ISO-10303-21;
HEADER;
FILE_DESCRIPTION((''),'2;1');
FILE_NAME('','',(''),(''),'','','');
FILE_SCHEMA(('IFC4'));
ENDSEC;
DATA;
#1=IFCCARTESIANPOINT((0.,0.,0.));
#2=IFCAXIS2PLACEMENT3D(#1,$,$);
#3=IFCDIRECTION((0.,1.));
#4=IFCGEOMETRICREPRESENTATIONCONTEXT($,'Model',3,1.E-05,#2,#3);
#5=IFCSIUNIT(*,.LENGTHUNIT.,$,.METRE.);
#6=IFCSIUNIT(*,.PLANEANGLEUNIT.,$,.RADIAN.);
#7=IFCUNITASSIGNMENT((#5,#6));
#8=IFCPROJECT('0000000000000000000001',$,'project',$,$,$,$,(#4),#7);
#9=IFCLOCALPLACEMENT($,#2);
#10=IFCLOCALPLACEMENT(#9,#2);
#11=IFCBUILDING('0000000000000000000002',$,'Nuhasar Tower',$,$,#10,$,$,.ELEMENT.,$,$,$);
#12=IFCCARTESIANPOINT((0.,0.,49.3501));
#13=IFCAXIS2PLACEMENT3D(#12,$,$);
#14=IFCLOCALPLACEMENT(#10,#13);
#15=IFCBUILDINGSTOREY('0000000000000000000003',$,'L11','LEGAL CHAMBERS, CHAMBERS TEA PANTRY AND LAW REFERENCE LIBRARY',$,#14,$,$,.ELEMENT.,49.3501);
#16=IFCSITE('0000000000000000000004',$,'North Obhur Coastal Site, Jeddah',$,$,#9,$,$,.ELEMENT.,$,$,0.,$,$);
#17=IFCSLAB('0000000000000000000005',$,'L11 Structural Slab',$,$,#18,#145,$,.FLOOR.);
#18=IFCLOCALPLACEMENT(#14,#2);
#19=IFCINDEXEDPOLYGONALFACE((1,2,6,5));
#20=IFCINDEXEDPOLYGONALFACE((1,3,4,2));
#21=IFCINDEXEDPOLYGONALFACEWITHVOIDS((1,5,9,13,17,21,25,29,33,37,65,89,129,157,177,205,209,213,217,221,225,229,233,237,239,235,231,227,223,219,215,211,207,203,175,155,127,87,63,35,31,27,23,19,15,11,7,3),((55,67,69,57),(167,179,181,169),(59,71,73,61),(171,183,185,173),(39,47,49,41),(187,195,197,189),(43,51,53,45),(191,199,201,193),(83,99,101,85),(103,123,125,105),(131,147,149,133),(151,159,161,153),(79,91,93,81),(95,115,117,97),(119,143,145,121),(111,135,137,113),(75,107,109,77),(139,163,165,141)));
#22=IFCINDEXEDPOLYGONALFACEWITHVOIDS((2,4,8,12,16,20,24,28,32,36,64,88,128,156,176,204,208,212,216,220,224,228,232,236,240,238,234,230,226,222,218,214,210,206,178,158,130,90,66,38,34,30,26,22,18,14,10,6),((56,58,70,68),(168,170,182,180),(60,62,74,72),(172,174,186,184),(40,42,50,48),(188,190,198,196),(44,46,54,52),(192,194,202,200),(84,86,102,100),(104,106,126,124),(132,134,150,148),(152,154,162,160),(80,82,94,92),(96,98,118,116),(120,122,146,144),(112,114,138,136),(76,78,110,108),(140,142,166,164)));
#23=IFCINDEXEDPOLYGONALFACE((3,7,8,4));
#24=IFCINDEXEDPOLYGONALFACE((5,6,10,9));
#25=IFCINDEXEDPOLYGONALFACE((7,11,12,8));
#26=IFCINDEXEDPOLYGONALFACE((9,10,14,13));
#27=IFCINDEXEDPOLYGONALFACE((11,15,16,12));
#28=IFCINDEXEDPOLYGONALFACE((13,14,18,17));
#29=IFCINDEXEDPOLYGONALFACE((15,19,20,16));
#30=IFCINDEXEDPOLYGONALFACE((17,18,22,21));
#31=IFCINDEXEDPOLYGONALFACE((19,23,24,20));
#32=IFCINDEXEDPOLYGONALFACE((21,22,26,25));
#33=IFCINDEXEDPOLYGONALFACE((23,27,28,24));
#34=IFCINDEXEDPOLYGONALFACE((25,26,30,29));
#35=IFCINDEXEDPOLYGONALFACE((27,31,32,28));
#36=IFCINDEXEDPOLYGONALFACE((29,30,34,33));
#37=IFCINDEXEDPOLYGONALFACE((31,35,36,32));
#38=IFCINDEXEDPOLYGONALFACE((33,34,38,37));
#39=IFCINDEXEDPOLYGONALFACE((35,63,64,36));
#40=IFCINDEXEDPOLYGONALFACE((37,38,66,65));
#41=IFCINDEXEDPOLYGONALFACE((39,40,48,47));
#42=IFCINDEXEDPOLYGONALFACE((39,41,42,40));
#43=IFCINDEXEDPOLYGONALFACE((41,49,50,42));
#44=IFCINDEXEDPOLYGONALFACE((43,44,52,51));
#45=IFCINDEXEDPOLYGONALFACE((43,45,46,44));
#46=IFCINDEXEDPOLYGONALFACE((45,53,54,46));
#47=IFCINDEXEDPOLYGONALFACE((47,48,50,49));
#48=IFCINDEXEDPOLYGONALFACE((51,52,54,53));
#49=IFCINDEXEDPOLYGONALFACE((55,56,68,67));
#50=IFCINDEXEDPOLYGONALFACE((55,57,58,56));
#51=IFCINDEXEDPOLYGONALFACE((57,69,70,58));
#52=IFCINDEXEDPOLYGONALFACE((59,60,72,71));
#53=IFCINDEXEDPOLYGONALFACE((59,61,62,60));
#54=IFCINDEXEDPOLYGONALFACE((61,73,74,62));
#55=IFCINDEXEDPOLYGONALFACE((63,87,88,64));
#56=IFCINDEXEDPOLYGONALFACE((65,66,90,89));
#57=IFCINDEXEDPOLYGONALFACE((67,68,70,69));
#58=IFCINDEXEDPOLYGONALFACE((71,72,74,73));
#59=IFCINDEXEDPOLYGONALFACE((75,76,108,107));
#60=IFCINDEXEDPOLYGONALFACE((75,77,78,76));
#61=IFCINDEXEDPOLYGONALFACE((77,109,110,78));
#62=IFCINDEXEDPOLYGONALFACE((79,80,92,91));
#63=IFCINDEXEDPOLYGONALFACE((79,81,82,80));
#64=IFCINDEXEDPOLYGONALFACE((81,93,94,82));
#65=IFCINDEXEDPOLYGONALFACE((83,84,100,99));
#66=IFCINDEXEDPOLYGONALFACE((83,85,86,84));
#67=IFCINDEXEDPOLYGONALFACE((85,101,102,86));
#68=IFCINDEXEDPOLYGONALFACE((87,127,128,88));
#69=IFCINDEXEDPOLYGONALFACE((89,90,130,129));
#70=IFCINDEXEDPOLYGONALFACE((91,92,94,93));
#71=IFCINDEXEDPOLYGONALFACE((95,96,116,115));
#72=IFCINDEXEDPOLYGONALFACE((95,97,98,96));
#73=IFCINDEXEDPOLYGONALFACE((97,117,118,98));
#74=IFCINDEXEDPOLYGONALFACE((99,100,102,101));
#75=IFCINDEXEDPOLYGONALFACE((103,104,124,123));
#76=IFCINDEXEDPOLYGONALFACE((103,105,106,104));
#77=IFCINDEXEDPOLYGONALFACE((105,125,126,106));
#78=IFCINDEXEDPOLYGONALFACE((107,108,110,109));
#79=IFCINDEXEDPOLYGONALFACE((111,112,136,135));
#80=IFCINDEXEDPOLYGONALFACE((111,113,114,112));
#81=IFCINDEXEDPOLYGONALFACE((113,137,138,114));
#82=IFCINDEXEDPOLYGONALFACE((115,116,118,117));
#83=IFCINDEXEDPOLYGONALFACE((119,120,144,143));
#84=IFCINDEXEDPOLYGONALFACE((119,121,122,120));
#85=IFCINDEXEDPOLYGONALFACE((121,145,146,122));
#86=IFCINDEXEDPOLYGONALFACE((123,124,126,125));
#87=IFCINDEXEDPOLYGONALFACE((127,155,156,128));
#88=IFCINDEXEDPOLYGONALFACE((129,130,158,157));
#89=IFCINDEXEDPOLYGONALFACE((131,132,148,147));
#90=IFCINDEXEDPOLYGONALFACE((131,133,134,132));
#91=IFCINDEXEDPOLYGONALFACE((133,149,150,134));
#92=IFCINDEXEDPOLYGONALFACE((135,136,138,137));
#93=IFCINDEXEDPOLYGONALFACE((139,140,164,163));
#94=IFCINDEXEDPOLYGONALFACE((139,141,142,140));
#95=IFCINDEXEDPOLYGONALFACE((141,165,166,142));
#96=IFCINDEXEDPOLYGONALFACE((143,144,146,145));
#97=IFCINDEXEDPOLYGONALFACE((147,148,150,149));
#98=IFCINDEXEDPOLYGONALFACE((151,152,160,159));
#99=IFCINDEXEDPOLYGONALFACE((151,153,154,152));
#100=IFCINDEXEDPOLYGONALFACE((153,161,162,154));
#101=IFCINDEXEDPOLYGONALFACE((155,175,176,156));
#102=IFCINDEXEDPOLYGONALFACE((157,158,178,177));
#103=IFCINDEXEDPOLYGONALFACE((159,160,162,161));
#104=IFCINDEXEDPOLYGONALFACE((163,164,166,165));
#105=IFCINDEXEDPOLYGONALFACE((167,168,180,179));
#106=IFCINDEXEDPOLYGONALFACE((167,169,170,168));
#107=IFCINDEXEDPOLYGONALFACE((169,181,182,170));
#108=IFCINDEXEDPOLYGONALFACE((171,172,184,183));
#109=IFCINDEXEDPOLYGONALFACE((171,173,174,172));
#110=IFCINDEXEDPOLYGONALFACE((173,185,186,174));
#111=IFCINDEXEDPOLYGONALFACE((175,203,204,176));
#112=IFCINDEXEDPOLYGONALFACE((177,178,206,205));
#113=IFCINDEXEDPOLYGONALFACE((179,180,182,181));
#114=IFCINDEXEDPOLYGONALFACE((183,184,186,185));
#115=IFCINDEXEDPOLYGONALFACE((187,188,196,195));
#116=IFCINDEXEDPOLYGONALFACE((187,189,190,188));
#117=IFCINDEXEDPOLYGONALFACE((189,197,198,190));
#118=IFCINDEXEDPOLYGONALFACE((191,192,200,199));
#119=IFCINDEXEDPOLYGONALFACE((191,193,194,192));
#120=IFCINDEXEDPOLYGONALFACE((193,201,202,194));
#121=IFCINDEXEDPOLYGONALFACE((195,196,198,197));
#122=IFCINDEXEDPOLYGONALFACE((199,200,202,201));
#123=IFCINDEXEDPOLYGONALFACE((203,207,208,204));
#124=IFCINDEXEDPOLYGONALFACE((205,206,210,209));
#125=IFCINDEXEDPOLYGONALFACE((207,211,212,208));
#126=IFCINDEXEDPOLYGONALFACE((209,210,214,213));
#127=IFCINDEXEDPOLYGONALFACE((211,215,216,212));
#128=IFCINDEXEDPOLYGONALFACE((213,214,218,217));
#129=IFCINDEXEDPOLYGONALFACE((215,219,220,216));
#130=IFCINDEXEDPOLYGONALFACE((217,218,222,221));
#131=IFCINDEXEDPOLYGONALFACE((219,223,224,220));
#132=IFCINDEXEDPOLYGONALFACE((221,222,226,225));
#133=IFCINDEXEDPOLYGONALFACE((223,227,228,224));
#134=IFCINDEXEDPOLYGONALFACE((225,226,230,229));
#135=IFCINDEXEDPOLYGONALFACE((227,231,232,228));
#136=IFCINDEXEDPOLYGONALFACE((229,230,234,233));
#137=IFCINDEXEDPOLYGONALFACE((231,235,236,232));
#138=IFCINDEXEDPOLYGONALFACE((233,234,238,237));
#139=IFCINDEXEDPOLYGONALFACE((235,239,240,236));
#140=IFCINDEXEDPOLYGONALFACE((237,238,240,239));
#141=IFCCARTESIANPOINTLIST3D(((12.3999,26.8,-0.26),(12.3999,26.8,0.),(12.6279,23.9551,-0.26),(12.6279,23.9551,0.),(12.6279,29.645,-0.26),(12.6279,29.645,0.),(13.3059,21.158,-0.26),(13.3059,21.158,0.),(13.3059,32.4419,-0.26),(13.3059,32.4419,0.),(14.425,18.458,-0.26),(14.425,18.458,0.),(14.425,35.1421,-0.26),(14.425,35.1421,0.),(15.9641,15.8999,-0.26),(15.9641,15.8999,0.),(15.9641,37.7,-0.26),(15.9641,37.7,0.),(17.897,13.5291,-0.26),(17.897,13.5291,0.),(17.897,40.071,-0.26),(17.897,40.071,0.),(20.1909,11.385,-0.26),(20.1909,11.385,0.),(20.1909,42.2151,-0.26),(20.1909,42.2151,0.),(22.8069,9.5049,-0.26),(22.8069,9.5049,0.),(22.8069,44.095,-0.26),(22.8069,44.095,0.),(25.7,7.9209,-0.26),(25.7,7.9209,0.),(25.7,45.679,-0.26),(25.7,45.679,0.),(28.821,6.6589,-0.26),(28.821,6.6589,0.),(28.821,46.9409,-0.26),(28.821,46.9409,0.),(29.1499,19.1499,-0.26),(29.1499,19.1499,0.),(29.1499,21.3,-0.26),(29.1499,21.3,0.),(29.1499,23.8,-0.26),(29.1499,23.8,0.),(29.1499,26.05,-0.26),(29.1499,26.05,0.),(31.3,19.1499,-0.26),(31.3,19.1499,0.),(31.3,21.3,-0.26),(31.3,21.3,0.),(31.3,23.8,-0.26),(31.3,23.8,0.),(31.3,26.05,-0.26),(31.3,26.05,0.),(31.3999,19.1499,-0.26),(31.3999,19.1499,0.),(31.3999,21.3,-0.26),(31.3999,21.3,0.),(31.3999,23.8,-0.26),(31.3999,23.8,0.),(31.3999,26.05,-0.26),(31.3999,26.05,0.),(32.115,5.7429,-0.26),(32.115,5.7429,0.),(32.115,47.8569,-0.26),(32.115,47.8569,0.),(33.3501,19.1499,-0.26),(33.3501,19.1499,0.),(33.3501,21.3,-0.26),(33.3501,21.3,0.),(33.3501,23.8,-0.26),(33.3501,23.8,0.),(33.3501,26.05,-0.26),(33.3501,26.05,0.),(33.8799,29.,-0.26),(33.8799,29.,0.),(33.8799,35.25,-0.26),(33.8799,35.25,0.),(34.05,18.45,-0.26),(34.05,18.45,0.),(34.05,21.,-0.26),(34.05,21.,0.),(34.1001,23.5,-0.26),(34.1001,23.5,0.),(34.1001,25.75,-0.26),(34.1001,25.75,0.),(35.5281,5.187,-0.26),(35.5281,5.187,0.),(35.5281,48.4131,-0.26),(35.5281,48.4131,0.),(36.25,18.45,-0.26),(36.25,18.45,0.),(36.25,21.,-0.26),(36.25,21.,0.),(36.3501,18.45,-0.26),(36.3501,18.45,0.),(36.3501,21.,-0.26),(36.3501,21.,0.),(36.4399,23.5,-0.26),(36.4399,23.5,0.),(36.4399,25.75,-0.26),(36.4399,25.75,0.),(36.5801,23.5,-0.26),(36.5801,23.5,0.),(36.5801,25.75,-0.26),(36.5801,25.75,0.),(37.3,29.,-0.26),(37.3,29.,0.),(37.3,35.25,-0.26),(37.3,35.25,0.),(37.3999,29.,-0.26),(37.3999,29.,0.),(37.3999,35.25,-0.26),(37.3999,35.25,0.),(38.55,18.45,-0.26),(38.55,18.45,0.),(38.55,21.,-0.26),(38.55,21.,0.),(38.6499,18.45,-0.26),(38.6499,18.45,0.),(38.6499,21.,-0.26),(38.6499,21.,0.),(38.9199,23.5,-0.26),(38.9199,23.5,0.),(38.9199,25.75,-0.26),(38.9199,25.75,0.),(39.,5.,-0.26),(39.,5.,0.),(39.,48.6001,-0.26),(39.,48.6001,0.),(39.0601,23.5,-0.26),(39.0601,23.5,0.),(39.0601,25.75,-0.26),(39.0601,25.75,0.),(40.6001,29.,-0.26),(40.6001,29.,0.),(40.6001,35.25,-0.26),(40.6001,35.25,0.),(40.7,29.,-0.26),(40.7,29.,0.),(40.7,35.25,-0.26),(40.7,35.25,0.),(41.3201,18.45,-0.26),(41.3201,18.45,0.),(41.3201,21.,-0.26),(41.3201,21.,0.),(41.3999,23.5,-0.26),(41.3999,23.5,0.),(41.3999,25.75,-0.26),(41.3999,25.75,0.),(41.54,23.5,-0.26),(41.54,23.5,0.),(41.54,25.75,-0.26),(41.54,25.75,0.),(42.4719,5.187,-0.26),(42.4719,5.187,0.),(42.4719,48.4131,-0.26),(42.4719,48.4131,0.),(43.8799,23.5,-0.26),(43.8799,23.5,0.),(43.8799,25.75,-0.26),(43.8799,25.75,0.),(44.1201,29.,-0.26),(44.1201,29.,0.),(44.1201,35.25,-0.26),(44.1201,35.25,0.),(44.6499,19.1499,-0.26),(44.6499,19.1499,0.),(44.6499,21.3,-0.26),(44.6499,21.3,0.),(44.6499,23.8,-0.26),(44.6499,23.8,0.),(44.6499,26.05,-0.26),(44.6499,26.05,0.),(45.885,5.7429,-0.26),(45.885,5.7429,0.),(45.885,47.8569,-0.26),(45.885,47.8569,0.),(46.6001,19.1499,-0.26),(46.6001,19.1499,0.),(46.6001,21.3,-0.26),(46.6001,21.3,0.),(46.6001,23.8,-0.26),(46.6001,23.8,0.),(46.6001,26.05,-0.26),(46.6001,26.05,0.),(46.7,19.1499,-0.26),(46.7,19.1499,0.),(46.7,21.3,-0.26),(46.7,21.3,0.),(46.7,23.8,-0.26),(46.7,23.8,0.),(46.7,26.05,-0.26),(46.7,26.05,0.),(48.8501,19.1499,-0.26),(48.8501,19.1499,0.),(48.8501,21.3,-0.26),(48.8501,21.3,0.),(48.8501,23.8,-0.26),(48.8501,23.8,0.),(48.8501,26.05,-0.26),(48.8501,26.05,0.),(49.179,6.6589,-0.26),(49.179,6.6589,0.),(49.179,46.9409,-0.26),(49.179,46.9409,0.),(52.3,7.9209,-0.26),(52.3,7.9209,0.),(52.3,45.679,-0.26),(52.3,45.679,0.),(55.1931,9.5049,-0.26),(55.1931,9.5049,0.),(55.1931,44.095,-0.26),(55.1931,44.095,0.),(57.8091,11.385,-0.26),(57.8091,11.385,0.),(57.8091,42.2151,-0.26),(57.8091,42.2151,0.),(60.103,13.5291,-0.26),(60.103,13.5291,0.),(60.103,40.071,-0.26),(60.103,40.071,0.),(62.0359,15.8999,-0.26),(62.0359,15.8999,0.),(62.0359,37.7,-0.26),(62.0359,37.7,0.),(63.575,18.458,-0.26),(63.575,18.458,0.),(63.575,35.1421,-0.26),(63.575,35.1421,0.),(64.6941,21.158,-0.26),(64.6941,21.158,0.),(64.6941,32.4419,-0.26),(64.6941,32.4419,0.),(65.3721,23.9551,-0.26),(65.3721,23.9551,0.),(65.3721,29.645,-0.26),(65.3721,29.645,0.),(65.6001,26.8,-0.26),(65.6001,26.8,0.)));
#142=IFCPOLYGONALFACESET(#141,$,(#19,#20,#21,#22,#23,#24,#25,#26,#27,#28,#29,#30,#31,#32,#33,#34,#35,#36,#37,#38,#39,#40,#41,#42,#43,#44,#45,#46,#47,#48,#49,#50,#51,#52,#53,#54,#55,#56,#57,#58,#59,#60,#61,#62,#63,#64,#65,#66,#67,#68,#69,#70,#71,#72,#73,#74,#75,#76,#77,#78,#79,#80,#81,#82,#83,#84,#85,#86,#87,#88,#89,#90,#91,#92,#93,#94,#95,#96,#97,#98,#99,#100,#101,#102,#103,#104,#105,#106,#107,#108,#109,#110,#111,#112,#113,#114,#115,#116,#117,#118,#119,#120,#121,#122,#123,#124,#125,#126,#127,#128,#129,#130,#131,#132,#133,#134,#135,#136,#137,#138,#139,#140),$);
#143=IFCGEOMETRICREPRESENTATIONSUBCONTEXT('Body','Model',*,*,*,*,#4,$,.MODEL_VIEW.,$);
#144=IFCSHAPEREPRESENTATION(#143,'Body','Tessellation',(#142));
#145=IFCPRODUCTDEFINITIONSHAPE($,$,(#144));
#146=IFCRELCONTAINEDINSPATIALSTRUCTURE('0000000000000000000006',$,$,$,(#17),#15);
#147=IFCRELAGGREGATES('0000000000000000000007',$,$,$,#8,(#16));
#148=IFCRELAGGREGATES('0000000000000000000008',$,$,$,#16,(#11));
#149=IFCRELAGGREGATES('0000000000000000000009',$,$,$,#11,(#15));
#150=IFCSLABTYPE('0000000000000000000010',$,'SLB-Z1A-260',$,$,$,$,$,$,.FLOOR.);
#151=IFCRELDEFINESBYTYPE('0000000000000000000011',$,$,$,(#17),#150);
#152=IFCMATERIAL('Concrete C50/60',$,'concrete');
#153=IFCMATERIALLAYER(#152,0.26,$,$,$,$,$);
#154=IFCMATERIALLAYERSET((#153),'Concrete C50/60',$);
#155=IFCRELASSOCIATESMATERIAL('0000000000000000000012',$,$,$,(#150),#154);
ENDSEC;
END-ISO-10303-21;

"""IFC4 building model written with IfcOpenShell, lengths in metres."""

from ifc_helpers import new_model, si_unit, direction, frame, origin, place, context, subcontext, project, spatial, polyline, outline, extrude, material, layer, layer_set, type_object, element, save


model = new_model("IFC4")

# Units and contexts
model_context = context("Model", 3, precision=1e-05, world=origin(), true_north=direction((0.0, 1.0)))
body_context = subcontext(model_context, "Body", "Model", "MODEL_VIEW")
ifc_project = project(units=[si_unit("LENGTHUNIT", "METRE"), si_unit("PLANEANGLEUNIT", "RADIAN")], contexts=[model_context])

# Site, building, storey
site_placement = place(None, origin())
site = spatial("IfcSite", under=ifc_project, at=site_placement, Name="North Obhur Coastal Site, Jeddah", CompositionType="ELEMENT", RefElevation=0.0)
building_placement = place(site_placement, origin())
building = spatial("IfcBuilding", under=site, at=building_placement, Name="Nuhasar Tower", CompositionType="ELEMENT")
storey_placement = place(building_placement, frame((0.0, 0.0, 49.3501)))
storey = spatial("IfcBuildingStorey", under=building, at=storey_placement, Name="L11", Description="LEGAL CHAMBERS, CHAMBERS TEA PANTRY AND LAW REFERENCE LIBRARY", CompositionType="ELEMENT", Elevation=49.3501)

# Slab
ifc_material_1 = material(Name="Concrete C50/60", Category="concrete")
ifc_layer_1 = layer(ifc_material_1, 0.26)
ifc_layer_set_1 = layer_set([ifc_layer_1], Name="Concrete C50/60")
slab_type_1 = type_object("IfcSlabType", Name="SLB-Z1A-260", PredefinedType="FLOOR", material=ifc_layer_set_1)
slab_1_placement = place(storey_placement, frame((0.0, 0.0, -0.26)))
element("IfcSlab", 1, at=slab_1_placement, inside=storey, type_object=slab_type_1, Name="L11 Structural Slab", PredefinedType="FLOOR", context=body_context, shape_type="SweptSolid", body=[
    extrude(outline(polyline([(65.6001, 26.8), (65.3721, 29.645), (64.6941, 32.4419), (63.575, 35.1421), (62.0359, 37.7), (60.103, 40.071), (57.8091, 42.2151), (55.1931, 44.095), (52.3, 45.679), (49.179, 46.9409), (45.885, 47.8569), (42.4719, 48.4131), (39.0, 48.6001), (35.5281, 48.4131), (32.115, 47.8569), (28.821, 46.9409), (25.7, 45.679), (22.8069, 44.095), (20.1909, 42.2151), (17.897, 40.071), (15.9641, 37.7), (14.425, 35.1421), (13.3059, 32.4419), (12.6279, 29.645), (12.3999, 26.8), (12.6279, 23.9551), (13.3059, 21.158), (14.425, 18.458), (15.9641, 15.8999), (17.897, 13.5291), (20.1909, 11.385), (22.8069, 9.5049), (25.7, 7.9209), (28.821, 6.6589), (32.115, 5.7429), (35.5281, 5.187), (39.0, 5.0), (42.4719, 5.187), (45.885, 5.7429), (49.179, 6.6589), (52.3, 7.9209), (55.1931, 9.5049), (57.8091, 11.385), (60.103, 13.5291), (62.0359, 15.8999), (63.575, 18.458), (64.6941, 21.158), (65.3721, 23.9551), (65.6001, 26.8)]), holes=[polyline([(33.8799, 35.25), (37.3, 35.25), (37.3, 29.0), (33.8799, 29.0), (33.8799, 35.25)]), polyline([(37.3999, 35.25), (40.6001, 35.25), (40.6001, 29.0), (37.3999, 29.0), (37.3999, 35.25)]), polyline([(40.7, 35.25), (44.1201, 35.25), (44.1201, 29.0), (40.7, 29.0), (40.7, 35.25)]), polyline([(29.1499, 26.05), (31.3, 26.05), (31.3, 23.8), (29.1499, 23.8), (29.1499, 26.05)]), polyline([(31.3999, 26.05), (33.3501, 26.05), (33.3501, 23.8), (31.3999, 23.8), (31.3999, 26.05)]), polyline([(29.1499, 21.3), (31.3, 21.3), (31.3, 19.1499), (29.1499, 19.1499), (29.1499, 21.3)]), polyline([(31.3999, 21.3), (33.3501, 21.3), (33.3501, 19.1499), (31.3999, 19.1499), (31.3999, 21.3)]), polyline([(44.6499, 26.05), (46.6001, 26.05), (46.6001, 23.8), (44.6499, 23.8), (44.6499, 26.05)]), polyline([(46.7, 26.05), (48.8501, 26.05), (48.8501, 23.8), (46.7, 23.8), (46.7, 26.05)]), polyline([(44.6499, 21.3), (46.6001, 21.3), (46.6001, 19.1499), (44.6499, 19.1499), (44.6499, 21.3)]), polyline([(46.7, 21.3), (48.8501, 21.3), (48.8501, 19.1499), (46.7, 19.1499), (46.7, 21.3)]), polyline([(34.1001, 25.75), (36.4399, 25.75), (36.4399, 23.5), (34.1001, 23.5), (34.1001, 25.75)]), polyline([(36.5801, 25.75), (38.9199, 25.75), (38.9199, 23.5), (36.5801, 23.5), (36.5801, 25.75)]), polyline([(39.0601, 25.75), (41.3999, 25.75), (41.3999, 23.5), (39.0601, 23.5), (39.0601, 25.75)]), polyline([(41.54, 25.75), (43.8799, 25.75), (43.8799, 23.5), (41.54, 23.5), (41.54, 25.75)]), polyline([(34.05, 21.0), (36.25, 21.0), (36.25, 18.45), (34.05, 18.45), (34.05, 21.0)]), polyline([(36.3501, 21.0), (38.55, 21.0), (38.55, 18.45), (36.3501, 18.45), (36.3501, 21.0)]), polyline([(38.6499, 21.0), (41.3201, 21.0), (41.3201, 18.45), (38.6499, 18.45), (38.6499, 21.0)])]), origin(), (0.0, 0.0, 1.0), 0.26),
])

save(model, "model.ifc")
